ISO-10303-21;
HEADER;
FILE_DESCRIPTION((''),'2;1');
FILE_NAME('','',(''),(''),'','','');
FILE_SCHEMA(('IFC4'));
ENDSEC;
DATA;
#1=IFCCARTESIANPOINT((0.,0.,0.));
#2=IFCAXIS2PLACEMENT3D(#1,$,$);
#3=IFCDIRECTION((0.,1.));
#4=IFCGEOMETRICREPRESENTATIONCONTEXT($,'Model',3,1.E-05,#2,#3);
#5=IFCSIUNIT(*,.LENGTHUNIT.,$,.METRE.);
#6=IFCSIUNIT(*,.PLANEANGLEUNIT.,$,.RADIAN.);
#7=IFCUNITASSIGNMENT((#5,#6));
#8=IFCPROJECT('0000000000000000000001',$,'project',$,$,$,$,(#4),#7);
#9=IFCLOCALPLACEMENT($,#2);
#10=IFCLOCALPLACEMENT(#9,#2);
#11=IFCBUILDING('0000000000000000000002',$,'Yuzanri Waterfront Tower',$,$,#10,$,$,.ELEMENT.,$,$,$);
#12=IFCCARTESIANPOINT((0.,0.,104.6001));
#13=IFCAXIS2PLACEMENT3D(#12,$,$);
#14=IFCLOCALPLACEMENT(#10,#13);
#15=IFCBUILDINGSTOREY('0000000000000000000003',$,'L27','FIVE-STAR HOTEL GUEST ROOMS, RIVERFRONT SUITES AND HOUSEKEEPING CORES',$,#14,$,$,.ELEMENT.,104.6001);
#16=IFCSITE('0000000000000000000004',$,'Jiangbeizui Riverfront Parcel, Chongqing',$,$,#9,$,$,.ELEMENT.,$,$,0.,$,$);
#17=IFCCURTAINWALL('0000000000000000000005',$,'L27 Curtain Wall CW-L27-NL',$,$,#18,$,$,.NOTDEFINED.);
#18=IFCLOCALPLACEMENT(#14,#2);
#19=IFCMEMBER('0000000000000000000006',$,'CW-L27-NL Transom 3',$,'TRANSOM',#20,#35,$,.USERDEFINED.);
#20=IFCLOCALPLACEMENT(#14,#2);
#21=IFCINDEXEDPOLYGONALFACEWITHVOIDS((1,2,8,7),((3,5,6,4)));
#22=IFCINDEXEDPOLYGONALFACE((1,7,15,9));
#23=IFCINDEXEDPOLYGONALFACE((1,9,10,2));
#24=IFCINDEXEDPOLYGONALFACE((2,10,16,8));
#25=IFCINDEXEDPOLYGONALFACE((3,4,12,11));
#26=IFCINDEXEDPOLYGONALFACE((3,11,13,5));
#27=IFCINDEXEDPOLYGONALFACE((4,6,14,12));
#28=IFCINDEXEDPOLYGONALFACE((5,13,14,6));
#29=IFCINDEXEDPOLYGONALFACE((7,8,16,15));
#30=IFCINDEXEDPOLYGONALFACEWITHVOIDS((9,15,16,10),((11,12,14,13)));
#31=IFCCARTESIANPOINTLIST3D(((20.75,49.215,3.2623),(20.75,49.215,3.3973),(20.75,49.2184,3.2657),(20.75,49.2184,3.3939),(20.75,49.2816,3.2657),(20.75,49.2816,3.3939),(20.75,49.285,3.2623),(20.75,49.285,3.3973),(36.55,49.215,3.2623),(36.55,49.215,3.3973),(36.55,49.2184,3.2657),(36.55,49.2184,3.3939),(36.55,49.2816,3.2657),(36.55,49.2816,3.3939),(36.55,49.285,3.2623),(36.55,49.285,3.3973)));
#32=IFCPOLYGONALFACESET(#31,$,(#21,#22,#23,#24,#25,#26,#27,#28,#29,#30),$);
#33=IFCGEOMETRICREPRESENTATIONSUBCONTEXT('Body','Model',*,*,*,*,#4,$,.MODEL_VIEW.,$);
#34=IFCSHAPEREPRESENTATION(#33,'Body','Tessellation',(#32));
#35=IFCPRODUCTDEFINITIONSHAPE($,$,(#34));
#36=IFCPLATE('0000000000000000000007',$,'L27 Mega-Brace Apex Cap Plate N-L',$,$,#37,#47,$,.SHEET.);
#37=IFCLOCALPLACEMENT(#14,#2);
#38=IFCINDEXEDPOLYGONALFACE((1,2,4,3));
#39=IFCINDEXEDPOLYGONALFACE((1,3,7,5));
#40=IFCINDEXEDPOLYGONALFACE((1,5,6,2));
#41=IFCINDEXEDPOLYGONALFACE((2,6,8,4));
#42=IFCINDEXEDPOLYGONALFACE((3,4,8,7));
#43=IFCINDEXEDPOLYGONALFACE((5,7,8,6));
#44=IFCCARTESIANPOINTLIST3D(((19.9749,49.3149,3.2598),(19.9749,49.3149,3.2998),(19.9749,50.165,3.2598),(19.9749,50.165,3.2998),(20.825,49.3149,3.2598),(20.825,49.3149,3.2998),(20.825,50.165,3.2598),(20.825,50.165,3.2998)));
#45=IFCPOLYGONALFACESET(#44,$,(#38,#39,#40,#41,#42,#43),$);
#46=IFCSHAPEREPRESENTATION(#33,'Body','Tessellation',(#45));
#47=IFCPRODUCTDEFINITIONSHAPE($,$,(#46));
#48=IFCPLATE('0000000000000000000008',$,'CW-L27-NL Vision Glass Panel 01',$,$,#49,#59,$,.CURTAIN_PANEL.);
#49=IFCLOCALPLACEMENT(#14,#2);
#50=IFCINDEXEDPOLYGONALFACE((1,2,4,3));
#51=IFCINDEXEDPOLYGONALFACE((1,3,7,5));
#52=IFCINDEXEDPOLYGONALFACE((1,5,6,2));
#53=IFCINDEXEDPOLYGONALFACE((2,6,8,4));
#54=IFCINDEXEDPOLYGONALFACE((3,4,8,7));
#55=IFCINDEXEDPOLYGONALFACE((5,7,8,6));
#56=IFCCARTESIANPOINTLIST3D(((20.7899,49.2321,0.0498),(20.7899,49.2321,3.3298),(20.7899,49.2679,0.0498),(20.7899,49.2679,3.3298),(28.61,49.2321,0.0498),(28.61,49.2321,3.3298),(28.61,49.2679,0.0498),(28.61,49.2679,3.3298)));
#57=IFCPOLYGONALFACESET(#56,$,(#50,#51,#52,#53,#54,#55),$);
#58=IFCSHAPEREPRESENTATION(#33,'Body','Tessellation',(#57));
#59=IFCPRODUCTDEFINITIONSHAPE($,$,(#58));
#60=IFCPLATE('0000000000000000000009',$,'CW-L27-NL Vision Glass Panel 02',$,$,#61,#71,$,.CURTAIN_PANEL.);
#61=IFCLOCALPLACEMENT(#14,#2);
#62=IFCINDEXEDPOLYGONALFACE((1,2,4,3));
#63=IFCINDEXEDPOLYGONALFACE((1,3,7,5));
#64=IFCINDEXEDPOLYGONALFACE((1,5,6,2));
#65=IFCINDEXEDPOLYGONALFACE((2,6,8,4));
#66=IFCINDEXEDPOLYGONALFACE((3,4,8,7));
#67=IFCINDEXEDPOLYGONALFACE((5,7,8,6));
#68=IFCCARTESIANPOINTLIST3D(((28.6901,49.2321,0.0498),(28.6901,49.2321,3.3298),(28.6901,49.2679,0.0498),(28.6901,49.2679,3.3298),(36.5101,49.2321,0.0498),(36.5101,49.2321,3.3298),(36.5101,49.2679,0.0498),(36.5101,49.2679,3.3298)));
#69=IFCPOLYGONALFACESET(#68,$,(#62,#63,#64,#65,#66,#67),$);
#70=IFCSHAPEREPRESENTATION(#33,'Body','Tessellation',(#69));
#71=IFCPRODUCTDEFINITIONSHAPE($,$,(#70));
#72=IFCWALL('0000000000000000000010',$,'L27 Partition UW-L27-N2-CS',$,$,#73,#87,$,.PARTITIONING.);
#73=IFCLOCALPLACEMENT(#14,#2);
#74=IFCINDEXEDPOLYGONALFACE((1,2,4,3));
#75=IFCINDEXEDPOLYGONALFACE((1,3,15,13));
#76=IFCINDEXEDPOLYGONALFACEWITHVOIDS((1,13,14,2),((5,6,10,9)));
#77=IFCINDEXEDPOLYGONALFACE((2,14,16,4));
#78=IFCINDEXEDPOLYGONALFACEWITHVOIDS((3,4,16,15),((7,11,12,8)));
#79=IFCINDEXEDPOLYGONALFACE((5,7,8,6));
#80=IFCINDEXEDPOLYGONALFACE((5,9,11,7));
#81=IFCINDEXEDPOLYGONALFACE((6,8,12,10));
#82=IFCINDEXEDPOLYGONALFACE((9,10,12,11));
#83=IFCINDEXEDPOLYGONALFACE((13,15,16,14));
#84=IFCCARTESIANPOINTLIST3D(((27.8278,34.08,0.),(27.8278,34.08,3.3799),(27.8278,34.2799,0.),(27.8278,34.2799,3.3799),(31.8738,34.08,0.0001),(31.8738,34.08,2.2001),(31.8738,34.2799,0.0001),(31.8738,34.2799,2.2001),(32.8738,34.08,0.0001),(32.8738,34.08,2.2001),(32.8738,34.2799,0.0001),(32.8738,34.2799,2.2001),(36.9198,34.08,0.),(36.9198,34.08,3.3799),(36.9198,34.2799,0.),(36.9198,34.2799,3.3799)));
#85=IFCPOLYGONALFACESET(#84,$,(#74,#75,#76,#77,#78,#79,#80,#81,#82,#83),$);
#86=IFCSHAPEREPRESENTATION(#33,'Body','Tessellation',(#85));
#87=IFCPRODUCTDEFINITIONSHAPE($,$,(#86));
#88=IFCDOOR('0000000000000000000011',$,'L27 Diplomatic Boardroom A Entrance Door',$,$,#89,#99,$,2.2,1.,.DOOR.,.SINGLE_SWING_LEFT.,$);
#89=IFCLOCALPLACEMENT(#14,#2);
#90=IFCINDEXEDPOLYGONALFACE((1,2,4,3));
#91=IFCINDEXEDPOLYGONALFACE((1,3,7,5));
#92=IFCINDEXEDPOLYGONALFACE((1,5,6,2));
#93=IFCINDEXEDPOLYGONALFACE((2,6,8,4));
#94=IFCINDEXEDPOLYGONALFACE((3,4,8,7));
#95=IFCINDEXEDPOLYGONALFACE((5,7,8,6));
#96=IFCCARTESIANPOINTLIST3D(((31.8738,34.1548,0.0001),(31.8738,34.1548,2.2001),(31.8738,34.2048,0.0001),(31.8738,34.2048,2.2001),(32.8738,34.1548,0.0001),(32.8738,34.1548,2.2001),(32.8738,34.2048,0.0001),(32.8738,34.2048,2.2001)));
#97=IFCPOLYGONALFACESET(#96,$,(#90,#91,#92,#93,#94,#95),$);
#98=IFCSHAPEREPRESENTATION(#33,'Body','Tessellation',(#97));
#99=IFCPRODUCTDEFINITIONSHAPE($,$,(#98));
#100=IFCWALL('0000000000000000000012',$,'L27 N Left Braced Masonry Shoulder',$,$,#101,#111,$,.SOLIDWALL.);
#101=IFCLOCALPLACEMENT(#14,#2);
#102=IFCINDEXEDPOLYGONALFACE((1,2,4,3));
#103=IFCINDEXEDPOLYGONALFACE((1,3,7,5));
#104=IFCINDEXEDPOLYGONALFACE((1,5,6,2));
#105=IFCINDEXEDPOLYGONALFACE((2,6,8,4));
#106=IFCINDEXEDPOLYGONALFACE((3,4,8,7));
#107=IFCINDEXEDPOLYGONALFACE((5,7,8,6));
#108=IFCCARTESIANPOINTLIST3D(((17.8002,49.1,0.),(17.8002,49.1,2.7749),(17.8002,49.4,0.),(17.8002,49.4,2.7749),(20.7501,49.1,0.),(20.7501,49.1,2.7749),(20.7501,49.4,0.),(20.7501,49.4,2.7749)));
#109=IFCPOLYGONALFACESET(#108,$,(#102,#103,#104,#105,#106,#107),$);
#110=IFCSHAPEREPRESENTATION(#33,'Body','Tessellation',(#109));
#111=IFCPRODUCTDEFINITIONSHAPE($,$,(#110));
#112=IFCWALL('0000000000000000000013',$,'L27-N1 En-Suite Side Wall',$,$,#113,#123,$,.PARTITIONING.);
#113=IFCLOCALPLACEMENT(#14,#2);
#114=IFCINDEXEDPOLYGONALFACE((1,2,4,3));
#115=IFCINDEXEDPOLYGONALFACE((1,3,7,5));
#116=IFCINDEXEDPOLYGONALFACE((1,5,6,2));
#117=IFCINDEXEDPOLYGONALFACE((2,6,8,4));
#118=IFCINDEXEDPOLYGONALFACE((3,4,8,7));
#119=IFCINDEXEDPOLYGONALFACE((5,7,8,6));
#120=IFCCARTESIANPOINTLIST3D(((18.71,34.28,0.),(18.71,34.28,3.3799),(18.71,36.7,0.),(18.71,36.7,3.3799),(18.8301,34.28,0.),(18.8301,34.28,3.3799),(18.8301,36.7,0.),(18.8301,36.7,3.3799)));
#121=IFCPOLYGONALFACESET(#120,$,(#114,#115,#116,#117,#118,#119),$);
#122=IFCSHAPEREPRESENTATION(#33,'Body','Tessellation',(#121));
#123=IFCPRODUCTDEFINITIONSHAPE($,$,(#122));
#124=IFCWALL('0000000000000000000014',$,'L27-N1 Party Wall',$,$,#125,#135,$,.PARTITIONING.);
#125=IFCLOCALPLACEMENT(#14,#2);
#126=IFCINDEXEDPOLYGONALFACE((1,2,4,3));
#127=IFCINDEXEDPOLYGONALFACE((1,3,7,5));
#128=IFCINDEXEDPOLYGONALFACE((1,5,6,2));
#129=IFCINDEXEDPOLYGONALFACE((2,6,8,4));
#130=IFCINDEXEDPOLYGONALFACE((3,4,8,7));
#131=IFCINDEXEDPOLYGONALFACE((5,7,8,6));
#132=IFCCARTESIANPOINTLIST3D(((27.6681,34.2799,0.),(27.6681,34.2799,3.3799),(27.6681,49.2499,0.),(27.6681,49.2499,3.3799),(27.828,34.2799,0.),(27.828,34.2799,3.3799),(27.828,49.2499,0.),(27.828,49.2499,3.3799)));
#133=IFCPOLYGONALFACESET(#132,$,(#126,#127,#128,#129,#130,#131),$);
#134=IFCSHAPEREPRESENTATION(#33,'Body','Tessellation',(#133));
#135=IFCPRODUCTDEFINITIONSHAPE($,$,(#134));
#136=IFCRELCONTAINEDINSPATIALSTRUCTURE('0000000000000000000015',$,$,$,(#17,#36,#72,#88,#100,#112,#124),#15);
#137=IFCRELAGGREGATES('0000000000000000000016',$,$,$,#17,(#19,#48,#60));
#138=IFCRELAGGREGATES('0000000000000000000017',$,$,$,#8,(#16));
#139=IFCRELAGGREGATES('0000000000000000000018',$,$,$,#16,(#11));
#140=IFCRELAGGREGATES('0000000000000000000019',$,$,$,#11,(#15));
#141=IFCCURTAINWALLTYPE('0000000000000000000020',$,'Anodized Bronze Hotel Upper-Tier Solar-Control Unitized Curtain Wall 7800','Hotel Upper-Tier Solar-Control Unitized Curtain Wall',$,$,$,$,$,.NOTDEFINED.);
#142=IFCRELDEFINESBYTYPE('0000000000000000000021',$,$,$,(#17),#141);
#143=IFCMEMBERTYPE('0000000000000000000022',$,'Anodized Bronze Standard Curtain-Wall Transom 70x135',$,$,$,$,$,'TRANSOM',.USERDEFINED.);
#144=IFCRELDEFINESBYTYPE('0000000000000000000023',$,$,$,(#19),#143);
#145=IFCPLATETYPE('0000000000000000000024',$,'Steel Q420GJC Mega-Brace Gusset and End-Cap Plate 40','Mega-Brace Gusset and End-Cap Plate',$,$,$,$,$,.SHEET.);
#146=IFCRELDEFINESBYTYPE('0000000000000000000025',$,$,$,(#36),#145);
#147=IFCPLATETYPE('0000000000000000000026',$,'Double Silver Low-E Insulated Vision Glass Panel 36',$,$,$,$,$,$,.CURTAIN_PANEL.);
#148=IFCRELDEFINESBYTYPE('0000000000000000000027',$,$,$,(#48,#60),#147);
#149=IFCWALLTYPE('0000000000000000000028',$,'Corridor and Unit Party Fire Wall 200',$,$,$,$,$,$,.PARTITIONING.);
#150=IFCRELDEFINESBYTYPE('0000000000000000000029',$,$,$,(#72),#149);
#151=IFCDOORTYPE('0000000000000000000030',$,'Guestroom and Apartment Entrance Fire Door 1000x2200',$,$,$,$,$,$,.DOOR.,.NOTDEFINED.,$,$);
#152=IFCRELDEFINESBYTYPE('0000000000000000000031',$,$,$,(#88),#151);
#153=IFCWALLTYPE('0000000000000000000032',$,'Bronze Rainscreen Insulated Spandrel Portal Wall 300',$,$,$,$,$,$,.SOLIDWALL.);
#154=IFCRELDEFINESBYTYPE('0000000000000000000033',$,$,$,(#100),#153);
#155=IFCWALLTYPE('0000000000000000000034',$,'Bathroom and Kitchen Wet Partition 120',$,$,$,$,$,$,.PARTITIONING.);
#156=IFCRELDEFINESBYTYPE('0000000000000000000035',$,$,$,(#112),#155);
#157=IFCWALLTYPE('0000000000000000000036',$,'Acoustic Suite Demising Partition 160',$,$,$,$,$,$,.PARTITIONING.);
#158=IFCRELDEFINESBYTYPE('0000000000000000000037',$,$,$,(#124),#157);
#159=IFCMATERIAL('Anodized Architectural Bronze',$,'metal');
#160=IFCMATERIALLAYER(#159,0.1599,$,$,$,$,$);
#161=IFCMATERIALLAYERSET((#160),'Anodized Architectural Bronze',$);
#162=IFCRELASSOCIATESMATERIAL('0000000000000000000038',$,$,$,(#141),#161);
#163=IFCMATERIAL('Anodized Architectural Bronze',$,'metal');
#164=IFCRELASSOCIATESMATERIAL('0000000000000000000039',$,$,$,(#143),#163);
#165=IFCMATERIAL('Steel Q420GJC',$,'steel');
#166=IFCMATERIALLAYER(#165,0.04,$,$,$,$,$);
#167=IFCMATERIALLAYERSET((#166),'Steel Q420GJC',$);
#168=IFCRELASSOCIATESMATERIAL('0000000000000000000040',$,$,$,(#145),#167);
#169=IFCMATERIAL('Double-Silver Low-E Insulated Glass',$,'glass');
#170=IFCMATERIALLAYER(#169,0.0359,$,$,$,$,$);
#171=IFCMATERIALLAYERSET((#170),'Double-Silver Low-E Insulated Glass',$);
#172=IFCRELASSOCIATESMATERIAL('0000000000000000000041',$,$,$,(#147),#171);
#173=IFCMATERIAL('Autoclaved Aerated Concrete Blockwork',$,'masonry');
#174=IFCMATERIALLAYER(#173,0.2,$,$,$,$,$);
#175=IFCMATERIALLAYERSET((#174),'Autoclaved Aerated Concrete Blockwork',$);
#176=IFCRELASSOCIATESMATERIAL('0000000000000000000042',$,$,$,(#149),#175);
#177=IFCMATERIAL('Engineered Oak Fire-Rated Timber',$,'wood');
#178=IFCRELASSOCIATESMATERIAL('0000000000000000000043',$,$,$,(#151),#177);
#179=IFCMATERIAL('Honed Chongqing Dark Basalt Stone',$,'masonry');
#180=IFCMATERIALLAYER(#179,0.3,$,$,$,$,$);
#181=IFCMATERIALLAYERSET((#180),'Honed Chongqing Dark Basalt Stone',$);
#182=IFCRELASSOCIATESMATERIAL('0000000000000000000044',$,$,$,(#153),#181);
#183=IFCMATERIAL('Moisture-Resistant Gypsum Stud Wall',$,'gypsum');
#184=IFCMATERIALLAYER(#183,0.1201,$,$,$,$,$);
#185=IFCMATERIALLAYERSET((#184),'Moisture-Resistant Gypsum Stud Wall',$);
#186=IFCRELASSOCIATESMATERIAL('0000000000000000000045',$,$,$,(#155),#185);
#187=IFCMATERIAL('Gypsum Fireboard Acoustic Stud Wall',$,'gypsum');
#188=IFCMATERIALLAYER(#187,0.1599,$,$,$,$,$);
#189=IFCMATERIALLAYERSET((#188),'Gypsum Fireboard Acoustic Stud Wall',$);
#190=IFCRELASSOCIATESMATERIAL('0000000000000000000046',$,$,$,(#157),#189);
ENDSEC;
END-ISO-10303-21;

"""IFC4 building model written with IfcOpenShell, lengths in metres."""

from ifc_helpers import new_model, si_unit, direction, frame, frame_2d, origin, origin_2d, place, context, subcontext, project, spatial, rectangle, hollow_rectangle, extrude, source, transform, mapped, material, layer, layer_set, material_profile, profile_set, type_object, element, fill, aggregate, save


model = new_model("IFC4")

# Units and contexts
model_context = context("Model", 3, precision=1e-05, world=origin(), true_north=direction((0.0, 1.0)))
body_context = subcontext(model_context, "Body", "Model", "MODEL_VIEW")
ifc_project = project(units=[si_unit("LENGTHUNIT", "METRE"), si_unit("PLANEANGLEUNIT", "RADIAN")], contexts=[model_context])

# Site, building, storey
site_placement = place(None, origin())
site = spatial("IfcSite", under=ifc_project, at=site_placement, Name="Jiangbeizui Riverfront Parcel, Chongqing", CompositionType="ELEMENT", RefElevation=0.0)
building_placement = place(site_placement, origin())
building = spatial("IfcBuilding", under=site, at=building_placement, Name="Yuzanri Waterfront Tower", CompositionType="ELEMENT")
storey_placement = place(building_placement, frame((0.0, 0.0, 104.6001)))
storey = spatial("IfcBuildingStorey", under=building, at=storey_placement, Name="L27", Description="FIVE-STAR HOTEL GUEST ROOMS, RIVERFRONT SUITES AND HOUSEKEEPING CORES", CompositionType="ELEMENT", Elevation=104.6001)

# Curtain wall, member
ifc_material_1 = material(Name="Anodized Architectural Bronze", Category="metal")
ifc_layer_1 = layer(ifc_material_1, 0.1599)
ifc_layer_set_1 = layer_set([ifc_layer_1], Name="Anodized Architectural Bronze")
curtain_wall_type = type_object("IfcCurtainWallType", Name="Anodized Bronze Hotel Upper-Tier Solar-Control Unitized Curtain Wall 7800", Description="Hotel Upper-Tier Solar-Control Unitized Curtain Wall", PredefinedType="NOTDEFINED", material=ifc_layer_set_1)
curtain_wall_placement = place(storey_placement, origin())
curtain_wall = element("IfcCurtainWall", 1, at=curtain_wall_placement, inside=storey, type_object=curtain_wall_type, Name="L27 Curtain Wall CW-L27-NL", PredefinedType="NOTDEFINED")
ifc_material_2 = material(Name="Anodized Architectural Bronze", Category="metal")
ifc_material_profile_1 = material_profile(ifc_material_2, hollow_rectangle(XDim=0.0701, YDim=0.135, WallThickness=0.0034, at=origin_2d()), Name="CWT 70x135")
ifc_profile_set_1 = profile_set([ifc_material_profile_1], Name="Anodized Architectural Bronze")
member_type_1 = type_object("IfcMemberType", Name="Anodized Bronze Standard Curtain-Wall Transom 70x135", ElementType="TRANSOM", PredefinedType="USERDEFINED", material=ifc_profile_set_1)
shared_shape_1 = source(origin(), body_context, "Body", "SweptSolid", [
    extrude(hollow_rectangle(XDim=0.0701, YDim=0.135, WallThickness=0.0034, at=origin_2d()), origin(), (0.0, 0.0, 1.0), 15.8),
])
member_1_placement = place(storey_placement, frame((20.75, 49.25, 3.3298), z_axis=(1.0, 0.0, 0.0), x_axis=(0.0, 1.0, 0.0)))
member_1 = element("IfcMember", 2, at=member_1_placement, type_object=member_type_1, Name="CW-L27-NL Transom 3", ObjectType="TRANSOM", PredefinedType="USERDEFINED", context=body_context, shape_type="MappedRepresentation", body=[
    mapped(shared_shape_1, transform((0.0, 0.0, 0.0), scale=1.0)),
])

# Plates
ifc_material_3 = material(Name="Steel Q420GJC", Category="steel")
ifc_layer_2 = layer(ifc_material_3, 0.04)
ifc_layer_set_2 = layer_set([ifc_layer_2], Name="Steel Q420GJC")
plate_type_1 = type_object("IfcPlateType", Name="Steel Q420GJC Mega-Brace Gusset and End-Cap Plate 40", Description="Mega-Brace Gusset and End-Cap Plate", PredefinedType="SHEET", material=ifc_layer_set_2)
shared_shape_2 = source(origin(), body_context, "Body", "SweptSolid", [
    extrude(rectangle(XDim=0.8501, YDim=0.8501, at=origin_2d()), origin(), (0.0, 0.0, 1.0), 0.04),
])
plate_1_placement = place(storey_placement, frame((20.3999, 49.74, 3.2598), z_axis=(0.0, 0.0, 1.0), x_axis=(1.0, 0.0, 0.0)))
element("IfcPlate", 3, at=plate_1_placement, inside=storey, type_object=plate_type_1, Name="L27 Mega-Brace Apex Cap Plate N-L", PredefinedType="SHEET", context=body_context, shape_type="MappedRepresentation", body=[
    mapped(shared_shape_2, transform((0.0, 0.0, 0.0), scale=1.0)),
])
ifc_material_4 = material(Name="Double-Silver Low-E Insulated Glass", Category="glass")
ifc_layer_3 = layer(ifc_material_4, 0.0359)
ifc_layer_set_3 = layer_set([ifc_layer_3], Name="Double-Silver Low-E Insulated Glass")
plate_type_2 = type_object("IfcPlateType", Name="Double Silver Low-E Insulated Vision Glass Panel 36", PredefinedType="CURTAIN_PANEL", material=ifc_layer_set_3)
shared_shape_3 = source(origin(), body_context, "Body", "SweptSolid", [
    extrude(rectangle(XDim=7.8201, YDim=0.0359, at=origin_2d()), origin(), (0.0, 0.0, 1.0), 3.28),
])
plate_2_placement = place(storey_placement, frame((24.7, 49.25, 0.0498), z_axis=(0.0, 0.0, 1.0), x_axis=(1.0, 0.0, 0.0)))
plate_2 = element("IfcPlate", 4, at=plate_2_placement, type_object=plate_type_2, Name="CW-L27-NL Vision Glass Panel 01", PredefinedType="CURTAIN_PANEL", context=body_context, shape_type="MappedRepresentation", body=[
    mapped(shared_shape_3, transform((0.0, 0.0, 0.0), scale=1.0)),
])
plate_3_placement = place(storey_placement, frame((32.6001, 49.25, 0.0498), z_axis=(0.0, 0.0, 1.0), x_axis=(1.0, 0.0, 0.0)))
plate_3 = element("IfcPlate", 5, at=plate_3_placement, type_object=plate_type_2, Name="CW-L27-NL Vision Glass Panel 02", PredefinedType="CURTAIN_PANEL", context=body_context, shape_type="MappedRepresentation", body=[
    mapped(shared_shape_3, transform((0.0, 0.0, 0.0), scale=1.0)),
])
aggregate(curtain_wall, [member_1, plate_2, plate_3])

# Wall, opening, door
ifc_material_5 = material(Name="Autoclaved Aerated Concrete Blockwork", Category="masonry")
ifc_layer_4 = layer(ifc_material_5, 0.2)
ifc_layer_set_4 = layer_set([ifc_layer_4], Name="Autoclaved Aerated Concrete Blockwork")
wall_type_1 = type_object("IfcWallType", Name="Corridor and Unit Party Fire Wall 200", PredefinedType="PARTITIONING", material=ifc_layer_set_4)
wall_1_placement = place(storey_placement, frame((27.8279, 34.1799, 0.0), z_axis=(0.0, 0.0, 1.0), x_axis=(1.0, 0.0, 0.0)))
wall_1 = element("IfcWall", 6, at=wall_1_placement, inside=storey, type_object=wall_type_1, Name="L27 Partition UW-L27-N2-CS", PredefinedType="PARTITIONING", context=body_context, shape_type="SweptSolid", body=[
    extrude(rectangle(XDim=9.092, YDim=0.2, at=frame_2d((4.5459, 0.0))), origin(), (0.0, 0.0, 1.0), 3.3799),
])
opening_placement = place(wall_1_placement, frame((4.0459, 0.0, 0.0)))
opening = element("IfcOpeningElement", 7, at=opening_placement, cuts=wall_1, PredefinedType="OPENING", context=body_context, shape_type="SweptSolid", body=[
    extrude(rectangle(XDim=1.0, YDim=2.2, at=frame_2d((0.5, 1.1001))), frame((0.0, 0.1147, 0.0), z_axis=(0.0, -1.0, 0.0), x_axis=(1.0, 0.0, 0.0)), (0.0, 0.0, 1.0), 0.2297),
])
ifc_material_6 = material(Name="Engineered Oak Fire-Rated Timber", Category="wood")
door_type = type_object("IfcDoorType", Name="Guestroom and Apartment Entrance Fire Door 1000x2200", OperationType="NOTDEFINED", PredefinedType="DOOR", material=ifc_material_6)
shared_shape_4 = source(origin(), body_context, "Body", "SweptSolid", [
    extrude(rectangle(XDim=1.0, YDim=2.2, at=frame_2d((0.5, 1.1001))), frame((0.0, 0.0249, 0.0), z_axis=(0.0, -1.0, 0.0), x_axis=(1.0, 0.0, 0.0)), (0.0, 0.0, 1.0), 0.05),
])
door_placement = place(opening_placement, origin())
door = element("IfcDoor", 8, at=door_placement, inside=storey, type_object=door_type, Name="L27 Diplomatic Boardroom A Entrance Door", OperationType="SINGLE_SWING_LEFT", OverallHeight=2.2, OverallWidth=1.0, PredefinedType="DOOR", context=body_context, shape_type="MappedRepresentation", body=[
    mapped(shared_shape_4, transform((0.0, 0.0, 0.0), scale=1.0)),
])
fill(opening, door)

# Walls
ifc_material_7 = material(Name="Honed Chongqing Dark Basalt Stone", Category="masonry")
ifc_layer_5 = layer(ifc_material_7, 0.3)
ifc_layer_set_5 = layer_set([ifc_layer_5], Name="Honed Chongqing Dark Basalt Stone")
wall_type_2 = type_object("IfcWallType", Name="Bronze Rainscreen Insulated Spandrel Portal Wall 300", PredefinedType="SOLIDWALL", material=ifc_layer_set_5)
shared_shape_5 = source(origin(), body_context, "Body", "SweptSolid", [
    extrude(rectangle(XDim=2.95, YDim=0.3, at=frame_2d((1.4751, 0.0))), origin(), (0.0, 0.0, 1.0), 2.7749),
])
wall_2_placement = place(storey_placement, frame((17.8, 49.25, 0.0), z_axis=(0.0, 0.0, 1.0), x_axis=(1.0, 0.0, 0.0)))
element("IfcWall", 9, at=wall_2_placement, inside=storey, type_object=wall_type_2, Name="L27 N Left Braced Masonry Shoulder", PredefinedType="SOLIDWALL", context=body_context, shape_type="MappedRepresentation", body=[
    mapped(shared_shape_5, transform((0.0, 0.0, 0.0), scale=1.0)),
])
ifc_material_8 = material(Name="Moisture-Resistant Gypsum Stud Wall", Category="gypsum")
ifc_layer_6 = layer(ifc_material_8, 0.1201)
ifc_layer_set_6 = layer_set([ifc_layer_6], Name="Moisture-Resistant Gypsum Stud Wall")
wall_type_3 = type_object("IfcWallType", Name="Bathroom and Kitchen Wet Partition 120", PredefinedType="PARTITIONING", material=ifc_layer_set_6)
shared_shape_6 = source(origin(), body_context, "Body", "SweptSolid", [
    extrude(rectangle(XDim=2.4199, YDim=0.1201, at=frame_2d((1.21, 0.0))), origin(), (0.0, 0.0, 1.0), 3.3799),
])
wall_3_placement = place(storey_placement, frame((18.77, 34.28, 0.0), z_axis=(0.0, 0.0, 1.0), x_axis=(0.0, 1.0, 0.0)))
element("IfcWall", 10, at=wall_3_placement, inside=storey, type_object=wall_type_3, Name="L27-N1 En-Suite Side Wall", PredefinedType="PARTITIONING", context=body_context, shape_type="MappedRepresentation", body=[
    mapped(shared_shape_6, transform((0.0, 0.0, 0.0), scale=1.0)),
])
ifc_material_9 = material(Name="Gypsum Fireboard Acoustic Stud Wall", Category="gypsum")
ifc_layer_7 = layer(ifc_material_9, 0.1599)
ifc_layer_set_7 = layer_set([ifc_layer_7], Name="Gypsum Fireboard Acoustic Stud Wall")
wall_type_4 = type_object("IfcWallType", Name="Acoustic Suite Demising Partition 160", PredefinedType="PARTITIONING", material=ifc_layer_set_7)
shared_shape_7 = source(origin(), body_context, "Body", "SweptSolid", [
    extrude(rectangle(XDim=14.97, YDim=0.1599, at=frame_2d((7.4849, 0.0))), origin(), (0.0, 0.0, 1.0), 3.3799),
])
wall_4_placement = place(storey_placement, frame((27.748, 34.28, 0.0), z_axis=(0.0, 0.0, 1.0), x_axis=(0.0, 1.0, 0.0)))
element("IfcWall", 11, at=wall_4_placement, inside=storey, type_object=wall_type_4, Name="L27-N1 Party Wall", PredefinedType="PARTITIONING", context=body_context, shape_type="MappedRepresentation", body=[
    mapped(shared_shape_7, transform((0.0, 0.0, 0.0), scale=1.0)),
])

save(model, "model.ifc")
